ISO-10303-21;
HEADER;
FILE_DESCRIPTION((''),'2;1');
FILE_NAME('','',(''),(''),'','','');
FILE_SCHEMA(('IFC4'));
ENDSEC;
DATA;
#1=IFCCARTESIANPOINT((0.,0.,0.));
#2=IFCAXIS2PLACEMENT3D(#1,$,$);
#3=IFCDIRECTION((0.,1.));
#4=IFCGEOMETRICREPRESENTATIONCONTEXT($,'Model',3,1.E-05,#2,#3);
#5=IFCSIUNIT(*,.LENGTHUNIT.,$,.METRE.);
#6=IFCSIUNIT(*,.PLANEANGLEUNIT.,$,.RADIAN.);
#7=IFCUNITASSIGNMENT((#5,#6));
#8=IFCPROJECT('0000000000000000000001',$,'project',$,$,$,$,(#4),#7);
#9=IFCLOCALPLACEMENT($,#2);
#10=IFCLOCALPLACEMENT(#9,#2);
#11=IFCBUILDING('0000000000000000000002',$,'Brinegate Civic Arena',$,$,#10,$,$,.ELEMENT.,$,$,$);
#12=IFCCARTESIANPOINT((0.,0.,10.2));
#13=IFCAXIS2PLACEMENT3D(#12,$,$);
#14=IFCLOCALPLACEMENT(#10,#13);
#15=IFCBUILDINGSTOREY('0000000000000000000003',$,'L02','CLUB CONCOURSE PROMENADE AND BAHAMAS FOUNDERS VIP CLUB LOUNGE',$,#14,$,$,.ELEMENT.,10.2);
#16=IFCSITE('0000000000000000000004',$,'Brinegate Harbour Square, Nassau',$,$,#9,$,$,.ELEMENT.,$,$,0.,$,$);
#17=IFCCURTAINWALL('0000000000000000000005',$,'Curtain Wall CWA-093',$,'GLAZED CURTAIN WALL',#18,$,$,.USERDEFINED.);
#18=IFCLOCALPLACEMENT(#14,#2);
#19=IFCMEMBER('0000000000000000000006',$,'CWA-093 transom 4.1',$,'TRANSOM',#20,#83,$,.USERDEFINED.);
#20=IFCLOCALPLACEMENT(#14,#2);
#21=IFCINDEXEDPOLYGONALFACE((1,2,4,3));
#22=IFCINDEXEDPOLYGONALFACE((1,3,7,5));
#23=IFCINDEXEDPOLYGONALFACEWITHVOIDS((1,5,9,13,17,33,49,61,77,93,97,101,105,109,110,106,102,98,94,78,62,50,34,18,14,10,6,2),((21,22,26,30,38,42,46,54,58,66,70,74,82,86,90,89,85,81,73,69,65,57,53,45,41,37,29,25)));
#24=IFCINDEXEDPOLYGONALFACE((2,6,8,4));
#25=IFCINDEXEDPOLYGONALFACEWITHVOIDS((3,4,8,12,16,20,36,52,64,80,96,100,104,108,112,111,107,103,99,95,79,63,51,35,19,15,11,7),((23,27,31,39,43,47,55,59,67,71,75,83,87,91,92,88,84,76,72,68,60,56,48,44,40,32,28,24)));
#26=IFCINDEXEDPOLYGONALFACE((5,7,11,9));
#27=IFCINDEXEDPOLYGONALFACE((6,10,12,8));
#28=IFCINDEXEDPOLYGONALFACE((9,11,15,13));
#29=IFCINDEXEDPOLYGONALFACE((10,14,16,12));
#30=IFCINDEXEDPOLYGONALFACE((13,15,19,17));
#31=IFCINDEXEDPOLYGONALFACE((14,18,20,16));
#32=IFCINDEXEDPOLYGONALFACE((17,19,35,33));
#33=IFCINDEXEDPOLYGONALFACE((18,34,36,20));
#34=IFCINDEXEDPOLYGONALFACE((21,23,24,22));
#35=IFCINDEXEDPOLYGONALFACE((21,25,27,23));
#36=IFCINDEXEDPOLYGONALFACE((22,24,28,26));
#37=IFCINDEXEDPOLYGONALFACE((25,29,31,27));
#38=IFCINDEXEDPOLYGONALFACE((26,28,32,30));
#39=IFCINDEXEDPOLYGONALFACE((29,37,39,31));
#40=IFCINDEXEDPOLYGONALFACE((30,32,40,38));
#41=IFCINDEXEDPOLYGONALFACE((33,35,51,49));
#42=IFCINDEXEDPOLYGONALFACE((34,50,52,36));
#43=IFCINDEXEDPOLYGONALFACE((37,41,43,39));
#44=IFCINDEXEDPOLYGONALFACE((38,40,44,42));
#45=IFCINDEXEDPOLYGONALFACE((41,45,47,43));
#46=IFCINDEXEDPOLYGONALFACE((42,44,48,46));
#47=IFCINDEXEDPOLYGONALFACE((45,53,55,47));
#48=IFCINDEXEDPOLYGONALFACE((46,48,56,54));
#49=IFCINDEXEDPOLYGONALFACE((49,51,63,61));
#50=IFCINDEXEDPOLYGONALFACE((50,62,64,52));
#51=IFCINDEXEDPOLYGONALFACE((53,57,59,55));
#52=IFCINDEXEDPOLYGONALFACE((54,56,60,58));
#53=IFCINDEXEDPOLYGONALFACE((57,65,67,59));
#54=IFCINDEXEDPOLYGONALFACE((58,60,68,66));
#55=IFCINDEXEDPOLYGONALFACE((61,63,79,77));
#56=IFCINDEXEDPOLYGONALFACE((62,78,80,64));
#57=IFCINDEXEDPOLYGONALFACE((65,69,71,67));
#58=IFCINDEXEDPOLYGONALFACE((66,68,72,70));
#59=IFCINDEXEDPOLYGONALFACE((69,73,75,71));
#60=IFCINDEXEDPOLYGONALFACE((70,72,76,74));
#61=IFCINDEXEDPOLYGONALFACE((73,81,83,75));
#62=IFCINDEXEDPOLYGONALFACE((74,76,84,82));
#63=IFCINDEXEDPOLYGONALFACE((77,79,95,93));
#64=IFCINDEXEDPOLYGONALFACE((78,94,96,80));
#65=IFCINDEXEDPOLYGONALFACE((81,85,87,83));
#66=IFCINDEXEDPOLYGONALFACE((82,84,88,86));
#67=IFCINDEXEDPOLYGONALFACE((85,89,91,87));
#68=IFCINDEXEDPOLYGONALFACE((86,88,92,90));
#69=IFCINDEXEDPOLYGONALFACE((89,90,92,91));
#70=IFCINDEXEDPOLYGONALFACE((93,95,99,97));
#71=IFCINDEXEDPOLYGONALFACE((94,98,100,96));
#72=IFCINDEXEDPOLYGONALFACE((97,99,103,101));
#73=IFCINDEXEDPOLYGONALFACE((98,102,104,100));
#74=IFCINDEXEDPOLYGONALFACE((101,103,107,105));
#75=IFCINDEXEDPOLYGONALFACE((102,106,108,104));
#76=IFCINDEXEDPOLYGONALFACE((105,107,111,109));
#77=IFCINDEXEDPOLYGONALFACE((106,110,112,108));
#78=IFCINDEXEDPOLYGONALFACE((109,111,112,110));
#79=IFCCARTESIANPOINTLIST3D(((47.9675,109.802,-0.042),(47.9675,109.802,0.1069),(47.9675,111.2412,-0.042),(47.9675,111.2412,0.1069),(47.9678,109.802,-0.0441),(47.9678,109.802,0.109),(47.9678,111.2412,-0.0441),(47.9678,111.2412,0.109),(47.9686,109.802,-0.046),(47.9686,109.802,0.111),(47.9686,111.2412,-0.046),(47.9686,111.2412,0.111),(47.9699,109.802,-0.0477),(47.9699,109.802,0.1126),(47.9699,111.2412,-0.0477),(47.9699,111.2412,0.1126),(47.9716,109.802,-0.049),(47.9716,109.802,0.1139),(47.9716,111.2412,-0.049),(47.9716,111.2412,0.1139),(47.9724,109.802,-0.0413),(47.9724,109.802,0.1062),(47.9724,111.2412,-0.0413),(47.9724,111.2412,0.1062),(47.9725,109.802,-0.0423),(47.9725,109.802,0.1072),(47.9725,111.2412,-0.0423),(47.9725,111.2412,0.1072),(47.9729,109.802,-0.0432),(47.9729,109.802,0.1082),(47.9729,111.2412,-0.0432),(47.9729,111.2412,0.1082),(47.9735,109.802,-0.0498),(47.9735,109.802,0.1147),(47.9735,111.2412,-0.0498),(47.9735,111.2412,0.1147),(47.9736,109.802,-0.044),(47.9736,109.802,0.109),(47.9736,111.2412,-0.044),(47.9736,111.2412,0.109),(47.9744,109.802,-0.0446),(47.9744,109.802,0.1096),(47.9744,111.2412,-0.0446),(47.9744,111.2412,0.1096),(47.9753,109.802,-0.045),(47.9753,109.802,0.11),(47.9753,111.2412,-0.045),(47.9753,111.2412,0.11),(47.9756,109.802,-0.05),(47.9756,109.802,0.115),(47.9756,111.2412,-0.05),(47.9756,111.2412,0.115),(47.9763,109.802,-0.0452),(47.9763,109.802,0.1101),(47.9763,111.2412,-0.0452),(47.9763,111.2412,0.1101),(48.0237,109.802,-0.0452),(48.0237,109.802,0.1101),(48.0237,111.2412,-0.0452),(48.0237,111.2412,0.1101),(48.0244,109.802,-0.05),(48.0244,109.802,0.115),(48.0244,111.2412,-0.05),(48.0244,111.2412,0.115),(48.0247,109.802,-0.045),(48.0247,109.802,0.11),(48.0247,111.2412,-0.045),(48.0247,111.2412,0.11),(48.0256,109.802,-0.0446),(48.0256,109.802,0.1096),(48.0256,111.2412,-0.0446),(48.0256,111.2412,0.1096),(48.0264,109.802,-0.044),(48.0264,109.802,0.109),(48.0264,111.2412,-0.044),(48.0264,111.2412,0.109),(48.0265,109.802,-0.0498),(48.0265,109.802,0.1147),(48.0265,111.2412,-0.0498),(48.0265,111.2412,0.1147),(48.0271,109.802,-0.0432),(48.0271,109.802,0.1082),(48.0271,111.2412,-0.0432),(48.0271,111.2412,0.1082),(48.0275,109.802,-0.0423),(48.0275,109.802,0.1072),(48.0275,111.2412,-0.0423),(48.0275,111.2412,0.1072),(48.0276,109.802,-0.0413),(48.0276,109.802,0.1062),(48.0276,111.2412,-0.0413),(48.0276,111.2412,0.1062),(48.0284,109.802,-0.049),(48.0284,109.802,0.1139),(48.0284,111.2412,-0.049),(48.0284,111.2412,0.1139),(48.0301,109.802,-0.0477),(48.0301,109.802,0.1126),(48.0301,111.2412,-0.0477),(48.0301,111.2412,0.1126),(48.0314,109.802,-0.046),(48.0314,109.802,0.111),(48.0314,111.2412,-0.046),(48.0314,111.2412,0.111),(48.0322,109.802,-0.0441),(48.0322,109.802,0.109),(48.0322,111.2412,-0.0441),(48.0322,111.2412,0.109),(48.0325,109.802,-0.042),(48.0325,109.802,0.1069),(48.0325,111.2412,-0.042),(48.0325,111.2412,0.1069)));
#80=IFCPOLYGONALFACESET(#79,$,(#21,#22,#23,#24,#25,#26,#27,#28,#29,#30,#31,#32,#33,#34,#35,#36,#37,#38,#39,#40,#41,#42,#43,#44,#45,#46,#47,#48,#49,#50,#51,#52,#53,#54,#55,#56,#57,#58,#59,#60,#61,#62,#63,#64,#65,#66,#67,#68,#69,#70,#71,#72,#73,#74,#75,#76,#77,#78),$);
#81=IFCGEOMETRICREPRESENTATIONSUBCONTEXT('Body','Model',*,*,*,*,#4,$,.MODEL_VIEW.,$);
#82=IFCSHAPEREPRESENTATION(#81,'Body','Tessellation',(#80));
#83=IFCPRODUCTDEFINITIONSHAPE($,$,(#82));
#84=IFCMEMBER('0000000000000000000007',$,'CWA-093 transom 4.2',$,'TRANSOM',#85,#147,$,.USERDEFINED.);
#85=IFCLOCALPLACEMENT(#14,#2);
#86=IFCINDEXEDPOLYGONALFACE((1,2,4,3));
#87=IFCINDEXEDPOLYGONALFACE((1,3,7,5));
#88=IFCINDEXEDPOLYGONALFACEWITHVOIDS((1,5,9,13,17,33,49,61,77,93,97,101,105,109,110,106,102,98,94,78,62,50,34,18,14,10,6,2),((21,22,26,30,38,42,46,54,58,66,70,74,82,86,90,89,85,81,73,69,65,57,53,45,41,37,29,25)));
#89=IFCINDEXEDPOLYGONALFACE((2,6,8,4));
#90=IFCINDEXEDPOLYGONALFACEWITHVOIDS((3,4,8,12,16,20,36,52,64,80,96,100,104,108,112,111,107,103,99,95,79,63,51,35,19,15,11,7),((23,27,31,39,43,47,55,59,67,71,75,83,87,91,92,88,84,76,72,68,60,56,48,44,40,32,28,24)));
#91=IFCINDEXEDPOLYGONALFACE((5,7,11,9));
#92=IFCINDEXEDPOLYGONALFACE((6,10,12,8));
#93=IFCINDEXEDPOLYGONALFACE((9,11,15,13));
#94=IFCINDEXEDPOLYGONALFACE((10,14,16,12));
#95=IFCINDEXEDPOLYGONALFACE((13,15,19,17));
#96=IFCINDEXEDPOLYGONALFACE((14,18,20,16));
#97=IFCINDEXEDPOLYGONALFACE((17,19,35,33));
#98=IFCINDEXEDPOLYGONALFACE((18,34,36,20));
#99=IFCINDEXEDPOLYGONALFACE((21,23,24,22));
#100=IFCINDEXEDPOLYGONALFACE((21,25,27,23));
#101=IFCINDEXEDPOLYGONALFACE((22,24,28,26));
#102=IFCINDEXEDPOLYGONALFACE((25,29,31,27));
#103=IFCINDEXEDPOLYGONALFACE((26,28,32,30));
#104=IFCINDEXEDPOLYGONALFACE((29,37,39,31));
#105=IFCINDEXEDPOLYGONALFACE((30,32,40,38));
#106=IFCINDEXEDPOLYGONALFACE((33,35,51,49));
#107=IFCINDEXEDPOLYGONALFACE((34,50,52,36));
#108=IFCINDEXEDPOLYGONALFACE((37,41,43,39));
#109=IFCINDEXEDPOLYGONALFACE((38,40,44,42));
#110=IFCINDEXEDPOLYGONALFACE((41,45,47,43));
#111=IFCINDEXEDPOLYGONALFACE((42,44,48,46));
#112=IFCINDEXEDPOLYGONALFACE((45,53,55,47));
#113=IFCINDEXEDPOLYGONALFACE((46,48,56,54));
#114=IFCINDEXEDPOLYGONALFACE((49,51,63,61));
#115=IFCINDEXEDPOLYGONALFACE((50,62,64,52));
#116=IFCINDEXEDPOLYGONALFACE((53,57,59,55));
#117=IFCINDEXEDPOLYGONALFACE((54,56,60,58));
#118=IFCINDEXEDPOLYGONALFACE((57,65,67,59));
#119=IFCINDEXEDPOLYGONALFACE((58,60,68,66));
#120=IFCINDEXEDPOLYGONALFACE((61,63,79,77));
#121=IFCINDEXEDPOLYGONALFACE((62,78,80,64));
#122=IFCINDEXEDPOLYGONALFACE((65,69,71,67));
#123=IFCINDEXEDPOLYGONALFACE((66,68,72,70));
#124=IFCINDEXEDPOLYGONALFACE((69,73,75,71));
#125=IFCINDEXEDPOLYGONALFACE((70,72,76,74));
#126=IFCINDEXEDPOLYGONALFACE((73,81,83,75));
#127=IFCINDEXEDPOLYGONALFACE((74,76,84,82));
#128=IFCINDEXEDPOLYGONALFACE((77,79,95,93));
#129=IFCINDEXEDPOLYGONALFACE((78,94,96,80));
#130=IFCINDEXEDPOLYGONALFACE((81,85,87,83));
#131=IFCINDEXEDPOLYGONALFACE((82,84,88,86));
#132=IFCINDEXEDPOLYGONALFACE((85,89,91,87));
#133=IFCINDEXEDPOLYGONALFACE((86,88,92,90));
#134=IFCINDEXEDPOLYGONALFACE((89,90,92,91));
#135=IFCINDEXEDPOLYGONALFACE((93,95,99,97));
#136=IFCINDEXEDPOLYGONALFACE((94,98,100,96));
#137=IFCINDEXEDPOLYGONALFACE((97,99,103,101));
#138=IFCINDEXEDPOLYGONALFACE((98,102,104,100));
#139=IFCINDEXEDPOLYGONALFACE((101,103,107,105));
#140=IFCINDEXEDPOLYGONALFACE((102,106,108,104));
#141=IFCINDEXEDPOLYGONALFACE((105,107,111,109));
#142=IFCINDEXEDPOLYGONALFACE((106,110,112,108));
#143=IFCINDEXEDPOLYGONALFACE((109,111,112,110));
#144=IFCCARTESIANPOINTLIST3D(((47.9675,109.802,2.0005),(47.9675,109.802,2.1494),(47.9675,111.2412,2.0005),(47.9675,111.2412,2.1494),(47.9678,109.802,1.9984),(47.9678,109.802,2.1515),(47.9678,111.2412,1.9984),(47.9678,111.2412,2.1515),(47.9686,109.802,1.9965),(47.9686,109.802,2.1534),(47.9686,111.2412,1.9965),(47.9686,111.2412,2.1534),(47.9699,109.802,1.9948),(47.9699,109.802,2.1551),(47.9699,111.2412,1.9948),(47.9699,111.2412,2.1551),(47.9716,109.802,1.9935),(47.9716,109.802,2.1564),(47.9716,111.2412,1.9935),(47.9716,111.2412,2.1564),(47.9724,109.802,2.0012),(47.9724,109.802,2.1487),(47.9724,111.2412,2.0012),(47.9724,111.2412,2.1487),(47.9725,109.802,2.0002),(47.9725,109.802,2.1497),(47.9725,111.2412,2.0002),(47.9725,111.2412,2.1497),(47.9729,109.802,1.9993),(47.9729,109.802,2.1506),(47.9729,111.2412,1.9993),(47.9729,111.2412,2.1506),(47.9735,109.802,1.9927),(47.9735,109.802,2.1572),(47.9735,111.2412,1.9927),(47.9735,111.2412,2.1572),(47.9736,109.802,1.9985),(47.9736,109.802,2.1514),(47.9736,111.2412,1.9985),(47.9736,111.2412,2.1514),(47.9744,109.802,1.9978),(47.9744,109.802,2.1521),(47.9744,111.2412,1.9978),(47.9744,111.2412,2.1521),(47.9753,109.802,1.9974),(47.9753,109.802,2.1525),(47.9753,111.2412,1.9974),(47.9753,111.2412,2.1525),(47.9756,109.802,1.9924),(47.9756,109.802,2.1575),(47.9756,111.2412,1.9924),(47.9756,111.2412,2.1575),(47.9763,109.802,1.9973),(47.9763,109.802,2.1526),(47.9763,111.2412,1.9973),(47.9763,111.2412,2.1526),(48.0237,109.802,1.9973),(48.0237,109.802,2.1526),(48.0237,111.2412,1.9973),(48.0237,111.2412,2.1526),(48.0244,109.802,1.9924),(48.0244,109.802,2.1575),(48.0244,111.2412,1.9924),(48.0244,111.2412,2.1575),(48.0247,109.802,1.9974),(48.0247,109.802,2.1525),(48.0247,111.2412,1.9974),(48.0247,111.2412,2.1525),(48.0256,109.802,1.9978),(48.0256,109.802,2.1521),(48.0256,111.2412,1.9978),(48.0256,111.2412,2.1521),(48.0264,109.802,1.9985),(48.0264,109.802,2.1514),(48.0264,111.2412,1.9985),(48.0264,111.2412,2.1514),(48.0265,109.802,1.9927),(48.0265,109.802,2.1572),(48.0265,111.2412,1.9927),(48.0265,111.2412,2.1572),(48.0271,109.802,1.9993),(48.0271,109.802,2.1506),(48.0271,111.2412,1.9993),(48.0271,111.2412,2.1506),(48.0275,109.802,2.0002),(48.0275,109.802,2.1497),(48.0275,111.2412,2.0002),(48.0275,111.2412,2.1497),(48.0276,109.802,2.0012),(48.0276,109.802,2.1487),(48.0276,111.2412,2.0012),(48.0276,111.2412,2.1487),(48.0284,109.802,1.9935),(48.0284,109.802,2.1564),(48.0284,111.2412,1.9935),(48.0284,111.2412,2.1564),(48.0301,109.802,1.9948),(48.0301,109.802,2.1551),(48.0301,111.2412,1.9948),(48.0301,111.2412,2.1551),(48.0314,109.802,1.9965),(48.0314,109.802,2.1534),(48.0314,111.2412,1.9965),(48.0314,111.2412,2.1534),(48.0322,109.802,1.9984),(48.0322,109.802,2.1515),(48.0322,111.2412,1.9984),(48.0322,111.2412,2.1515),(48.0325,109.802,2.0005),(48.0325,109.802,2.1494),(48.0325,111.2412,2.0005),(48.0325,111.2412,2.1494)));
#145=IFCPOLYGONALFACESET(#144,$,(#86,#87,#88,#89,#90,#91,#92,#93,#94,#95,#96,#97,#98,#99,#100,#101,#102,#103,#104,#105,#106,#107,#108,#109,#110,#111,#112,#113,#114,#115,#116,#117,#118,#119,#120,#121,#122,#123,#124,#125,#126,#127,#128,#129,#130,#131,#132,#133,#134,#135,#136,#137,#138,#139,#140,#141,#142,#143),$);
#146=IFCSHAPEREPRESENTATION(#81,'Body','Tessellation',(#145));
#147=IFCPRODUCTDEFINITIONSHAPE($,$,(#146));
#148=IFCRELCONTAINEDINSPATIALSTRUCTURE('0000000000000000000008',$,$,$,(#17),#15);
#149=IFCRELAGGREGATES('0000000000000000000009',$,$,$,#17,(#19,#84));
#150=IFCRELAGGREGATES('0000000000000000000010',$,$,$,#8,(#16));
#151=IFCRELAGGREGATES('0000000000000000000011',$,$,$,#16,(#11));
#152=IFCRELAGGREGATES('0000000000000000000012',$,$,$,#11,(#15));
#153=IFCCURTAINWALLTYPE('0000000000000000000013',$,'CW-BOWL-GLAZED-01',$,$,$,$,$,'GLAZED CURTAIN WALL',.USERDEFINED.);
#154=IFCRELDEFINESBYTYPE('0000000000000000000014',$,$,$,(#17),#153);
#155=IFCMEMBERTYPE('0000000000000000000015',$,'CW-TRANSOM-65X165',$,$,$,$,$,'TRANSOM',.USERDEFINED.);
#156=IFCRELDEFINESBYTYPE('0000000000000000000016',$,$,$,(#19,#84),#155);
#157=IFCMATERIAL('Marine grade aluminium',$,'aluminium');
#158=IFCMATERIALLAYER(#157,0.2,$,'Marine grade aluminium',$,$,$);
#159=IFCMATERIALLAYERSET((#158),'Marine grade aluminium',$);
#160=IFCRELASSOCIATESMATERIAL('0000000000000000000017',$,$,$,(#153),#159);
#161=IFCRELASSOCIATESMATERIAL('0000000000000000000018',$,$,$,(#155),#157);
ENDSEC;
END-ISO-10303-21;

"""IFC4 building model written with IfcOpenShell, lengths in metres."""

from ifc_helpers import new_model, si_unit, direction, frame, origin, origin_2d, place, context, subcontext, project, spatial, hollow_rectangle, extrude, material, layer, layer_set, material_profile, profile_set, type_object, element, aggregate, save


model = new_model("IFC4")

# Units and contexts
model_context = context("Model", 3, precision=1e-05, world=origin(), true_north=direction((0.0, 1.0)))
body_context = subcontext(model_context, "Body", "Model", "MODEL_VIEW")
ifc_project = project(units=[si_unit("LENGTHUNIT", "METRE"), si_unit("PLANEANGLEUNIT", "RADIAN")], contexts=[model_context])

# Site, building, storey
site_placement = place(None, origin())
site = spatial("IfcSite", under=ifc_project, at=site_placement, Name="Brinegate Harbour Square, Nassau", CompositionType="ELEMENT", RefElevation=0.0)
building_placement = place(site_placement, origin())
building = spatial("IfcBuilding", under=site, at=building_placement, Name="Brinegate Civic Arena", CompositionType="ELEMENT")
storey_placement = place(building_placement, frame((0.0, 0.0, 10.2)))
storey = spatial("IfcBuildingStorey", under=building, at=storey_placement, Name="L02", Description="CLUB CONCOURSE PROMENADE AND BAHAMAS FOUNDERS VIP CLUB LOUNGE", CompositionType="ELEMENT", Elevation=10.2)

# Curtain wall, members
ifc_material_1 = material(Name="Marine grade aluminium", Category="aluminium")
ifc_layer_1 = layer(ifc_material_1, 0.2, Name="Marine grade aluminium")
ifc_layer_set_1 = layer_set([ifc_layer_1], Name="Marine grade aluminium")
curtain_wall_type = type_object("IfcCurtainWallType", Name="CW-BOWL-GLAZED-01", ElementType="GLAZED CURTAIN WALL", PredefinedType="USERDEFINED", material=ifc_layer_set_1)
curtain_wall_placement = place(storey_placement, origin())
curtain_wall = element("IfcCurtainWall", 1, at=curtain_wall_placement, inside=storey, type_object=curtain_wall_type, Name="Curtain Wall CWA-093", ObjectType="GLAZED CURTAIN WALL", PredefinedType="USERDEFINED")
ifc_material_profile_1 = material_profile(ifc_material_1, hollow_rectangle(XDim=0.0649, YDim=0.165, WallThickness=0.0049, InnerFilletRadius=0.0039, OuterFilletRadius=0.0081, at=origin_2d()), Name="TRN65X165")
ifc_profile_set_1 = profile_set([ifc_material_profile_1], Name="Marine grade aluminium")
member_type_1 = type_object("IfcMemberType", Name="CW-TRANSOM-65X165", ElementType="TRANSOM", PredefinedType="USERDEFINED", material=ifc_profile_set_1)
member_1_placement = place(storey_placement, frame((48.0, 109.802, 0.0325), z_axis=(0.0, 1.0, 0.0), x_axis=(-1.0, 0.0, 0.0)))
member_1 = element("IfcMember", 2, at=member_1_placement, type_object=member_type_1, Name="CWA-093 transom 4.1", ObjectType="TRANSOM", PredefinedType="USERDEFINED", context=body_context, shape_type="SweptSolid", body=[
    extrude(hollow_rectangle(XDim=0.0649, YDim=0.165, WallThickness=0.0049, InnerFilletRadius=0.0039, OuterFilletRadius=0.0081, at=origin_2d()), origin(), (0.0, 0.0, 1.0), 1.4392),
])
member_2_placement = place(storey_placement, frame((48.0, 109.802, 2.075), z_axis=(0.0, 1.0, 0.0), x_axis=(-1.0, 0.0, 0.0)))
member_2 = element("IfcMember", 3, at=member_2_placement, type_object=member_type_1, Name="CWA-093 transom 4.2", ObjectType="TRANSOM", PredefinedType="USERDEFINED", context=body_context, shape_type="SweptSolid", body=[
    extrude(hollow_rectangle(XDim=0.0649, YDim=0.165, WallThickness=0.0049, InnerFilletRadius=0.0039, OuterFilletRadius=0.0081, at=origin_2d()), origin(), (0.0, 0.0, 1.0), 1.4392),
])

aggregate(curtain_wall, [member_1, member_2])

save(model, "model.ifc")
